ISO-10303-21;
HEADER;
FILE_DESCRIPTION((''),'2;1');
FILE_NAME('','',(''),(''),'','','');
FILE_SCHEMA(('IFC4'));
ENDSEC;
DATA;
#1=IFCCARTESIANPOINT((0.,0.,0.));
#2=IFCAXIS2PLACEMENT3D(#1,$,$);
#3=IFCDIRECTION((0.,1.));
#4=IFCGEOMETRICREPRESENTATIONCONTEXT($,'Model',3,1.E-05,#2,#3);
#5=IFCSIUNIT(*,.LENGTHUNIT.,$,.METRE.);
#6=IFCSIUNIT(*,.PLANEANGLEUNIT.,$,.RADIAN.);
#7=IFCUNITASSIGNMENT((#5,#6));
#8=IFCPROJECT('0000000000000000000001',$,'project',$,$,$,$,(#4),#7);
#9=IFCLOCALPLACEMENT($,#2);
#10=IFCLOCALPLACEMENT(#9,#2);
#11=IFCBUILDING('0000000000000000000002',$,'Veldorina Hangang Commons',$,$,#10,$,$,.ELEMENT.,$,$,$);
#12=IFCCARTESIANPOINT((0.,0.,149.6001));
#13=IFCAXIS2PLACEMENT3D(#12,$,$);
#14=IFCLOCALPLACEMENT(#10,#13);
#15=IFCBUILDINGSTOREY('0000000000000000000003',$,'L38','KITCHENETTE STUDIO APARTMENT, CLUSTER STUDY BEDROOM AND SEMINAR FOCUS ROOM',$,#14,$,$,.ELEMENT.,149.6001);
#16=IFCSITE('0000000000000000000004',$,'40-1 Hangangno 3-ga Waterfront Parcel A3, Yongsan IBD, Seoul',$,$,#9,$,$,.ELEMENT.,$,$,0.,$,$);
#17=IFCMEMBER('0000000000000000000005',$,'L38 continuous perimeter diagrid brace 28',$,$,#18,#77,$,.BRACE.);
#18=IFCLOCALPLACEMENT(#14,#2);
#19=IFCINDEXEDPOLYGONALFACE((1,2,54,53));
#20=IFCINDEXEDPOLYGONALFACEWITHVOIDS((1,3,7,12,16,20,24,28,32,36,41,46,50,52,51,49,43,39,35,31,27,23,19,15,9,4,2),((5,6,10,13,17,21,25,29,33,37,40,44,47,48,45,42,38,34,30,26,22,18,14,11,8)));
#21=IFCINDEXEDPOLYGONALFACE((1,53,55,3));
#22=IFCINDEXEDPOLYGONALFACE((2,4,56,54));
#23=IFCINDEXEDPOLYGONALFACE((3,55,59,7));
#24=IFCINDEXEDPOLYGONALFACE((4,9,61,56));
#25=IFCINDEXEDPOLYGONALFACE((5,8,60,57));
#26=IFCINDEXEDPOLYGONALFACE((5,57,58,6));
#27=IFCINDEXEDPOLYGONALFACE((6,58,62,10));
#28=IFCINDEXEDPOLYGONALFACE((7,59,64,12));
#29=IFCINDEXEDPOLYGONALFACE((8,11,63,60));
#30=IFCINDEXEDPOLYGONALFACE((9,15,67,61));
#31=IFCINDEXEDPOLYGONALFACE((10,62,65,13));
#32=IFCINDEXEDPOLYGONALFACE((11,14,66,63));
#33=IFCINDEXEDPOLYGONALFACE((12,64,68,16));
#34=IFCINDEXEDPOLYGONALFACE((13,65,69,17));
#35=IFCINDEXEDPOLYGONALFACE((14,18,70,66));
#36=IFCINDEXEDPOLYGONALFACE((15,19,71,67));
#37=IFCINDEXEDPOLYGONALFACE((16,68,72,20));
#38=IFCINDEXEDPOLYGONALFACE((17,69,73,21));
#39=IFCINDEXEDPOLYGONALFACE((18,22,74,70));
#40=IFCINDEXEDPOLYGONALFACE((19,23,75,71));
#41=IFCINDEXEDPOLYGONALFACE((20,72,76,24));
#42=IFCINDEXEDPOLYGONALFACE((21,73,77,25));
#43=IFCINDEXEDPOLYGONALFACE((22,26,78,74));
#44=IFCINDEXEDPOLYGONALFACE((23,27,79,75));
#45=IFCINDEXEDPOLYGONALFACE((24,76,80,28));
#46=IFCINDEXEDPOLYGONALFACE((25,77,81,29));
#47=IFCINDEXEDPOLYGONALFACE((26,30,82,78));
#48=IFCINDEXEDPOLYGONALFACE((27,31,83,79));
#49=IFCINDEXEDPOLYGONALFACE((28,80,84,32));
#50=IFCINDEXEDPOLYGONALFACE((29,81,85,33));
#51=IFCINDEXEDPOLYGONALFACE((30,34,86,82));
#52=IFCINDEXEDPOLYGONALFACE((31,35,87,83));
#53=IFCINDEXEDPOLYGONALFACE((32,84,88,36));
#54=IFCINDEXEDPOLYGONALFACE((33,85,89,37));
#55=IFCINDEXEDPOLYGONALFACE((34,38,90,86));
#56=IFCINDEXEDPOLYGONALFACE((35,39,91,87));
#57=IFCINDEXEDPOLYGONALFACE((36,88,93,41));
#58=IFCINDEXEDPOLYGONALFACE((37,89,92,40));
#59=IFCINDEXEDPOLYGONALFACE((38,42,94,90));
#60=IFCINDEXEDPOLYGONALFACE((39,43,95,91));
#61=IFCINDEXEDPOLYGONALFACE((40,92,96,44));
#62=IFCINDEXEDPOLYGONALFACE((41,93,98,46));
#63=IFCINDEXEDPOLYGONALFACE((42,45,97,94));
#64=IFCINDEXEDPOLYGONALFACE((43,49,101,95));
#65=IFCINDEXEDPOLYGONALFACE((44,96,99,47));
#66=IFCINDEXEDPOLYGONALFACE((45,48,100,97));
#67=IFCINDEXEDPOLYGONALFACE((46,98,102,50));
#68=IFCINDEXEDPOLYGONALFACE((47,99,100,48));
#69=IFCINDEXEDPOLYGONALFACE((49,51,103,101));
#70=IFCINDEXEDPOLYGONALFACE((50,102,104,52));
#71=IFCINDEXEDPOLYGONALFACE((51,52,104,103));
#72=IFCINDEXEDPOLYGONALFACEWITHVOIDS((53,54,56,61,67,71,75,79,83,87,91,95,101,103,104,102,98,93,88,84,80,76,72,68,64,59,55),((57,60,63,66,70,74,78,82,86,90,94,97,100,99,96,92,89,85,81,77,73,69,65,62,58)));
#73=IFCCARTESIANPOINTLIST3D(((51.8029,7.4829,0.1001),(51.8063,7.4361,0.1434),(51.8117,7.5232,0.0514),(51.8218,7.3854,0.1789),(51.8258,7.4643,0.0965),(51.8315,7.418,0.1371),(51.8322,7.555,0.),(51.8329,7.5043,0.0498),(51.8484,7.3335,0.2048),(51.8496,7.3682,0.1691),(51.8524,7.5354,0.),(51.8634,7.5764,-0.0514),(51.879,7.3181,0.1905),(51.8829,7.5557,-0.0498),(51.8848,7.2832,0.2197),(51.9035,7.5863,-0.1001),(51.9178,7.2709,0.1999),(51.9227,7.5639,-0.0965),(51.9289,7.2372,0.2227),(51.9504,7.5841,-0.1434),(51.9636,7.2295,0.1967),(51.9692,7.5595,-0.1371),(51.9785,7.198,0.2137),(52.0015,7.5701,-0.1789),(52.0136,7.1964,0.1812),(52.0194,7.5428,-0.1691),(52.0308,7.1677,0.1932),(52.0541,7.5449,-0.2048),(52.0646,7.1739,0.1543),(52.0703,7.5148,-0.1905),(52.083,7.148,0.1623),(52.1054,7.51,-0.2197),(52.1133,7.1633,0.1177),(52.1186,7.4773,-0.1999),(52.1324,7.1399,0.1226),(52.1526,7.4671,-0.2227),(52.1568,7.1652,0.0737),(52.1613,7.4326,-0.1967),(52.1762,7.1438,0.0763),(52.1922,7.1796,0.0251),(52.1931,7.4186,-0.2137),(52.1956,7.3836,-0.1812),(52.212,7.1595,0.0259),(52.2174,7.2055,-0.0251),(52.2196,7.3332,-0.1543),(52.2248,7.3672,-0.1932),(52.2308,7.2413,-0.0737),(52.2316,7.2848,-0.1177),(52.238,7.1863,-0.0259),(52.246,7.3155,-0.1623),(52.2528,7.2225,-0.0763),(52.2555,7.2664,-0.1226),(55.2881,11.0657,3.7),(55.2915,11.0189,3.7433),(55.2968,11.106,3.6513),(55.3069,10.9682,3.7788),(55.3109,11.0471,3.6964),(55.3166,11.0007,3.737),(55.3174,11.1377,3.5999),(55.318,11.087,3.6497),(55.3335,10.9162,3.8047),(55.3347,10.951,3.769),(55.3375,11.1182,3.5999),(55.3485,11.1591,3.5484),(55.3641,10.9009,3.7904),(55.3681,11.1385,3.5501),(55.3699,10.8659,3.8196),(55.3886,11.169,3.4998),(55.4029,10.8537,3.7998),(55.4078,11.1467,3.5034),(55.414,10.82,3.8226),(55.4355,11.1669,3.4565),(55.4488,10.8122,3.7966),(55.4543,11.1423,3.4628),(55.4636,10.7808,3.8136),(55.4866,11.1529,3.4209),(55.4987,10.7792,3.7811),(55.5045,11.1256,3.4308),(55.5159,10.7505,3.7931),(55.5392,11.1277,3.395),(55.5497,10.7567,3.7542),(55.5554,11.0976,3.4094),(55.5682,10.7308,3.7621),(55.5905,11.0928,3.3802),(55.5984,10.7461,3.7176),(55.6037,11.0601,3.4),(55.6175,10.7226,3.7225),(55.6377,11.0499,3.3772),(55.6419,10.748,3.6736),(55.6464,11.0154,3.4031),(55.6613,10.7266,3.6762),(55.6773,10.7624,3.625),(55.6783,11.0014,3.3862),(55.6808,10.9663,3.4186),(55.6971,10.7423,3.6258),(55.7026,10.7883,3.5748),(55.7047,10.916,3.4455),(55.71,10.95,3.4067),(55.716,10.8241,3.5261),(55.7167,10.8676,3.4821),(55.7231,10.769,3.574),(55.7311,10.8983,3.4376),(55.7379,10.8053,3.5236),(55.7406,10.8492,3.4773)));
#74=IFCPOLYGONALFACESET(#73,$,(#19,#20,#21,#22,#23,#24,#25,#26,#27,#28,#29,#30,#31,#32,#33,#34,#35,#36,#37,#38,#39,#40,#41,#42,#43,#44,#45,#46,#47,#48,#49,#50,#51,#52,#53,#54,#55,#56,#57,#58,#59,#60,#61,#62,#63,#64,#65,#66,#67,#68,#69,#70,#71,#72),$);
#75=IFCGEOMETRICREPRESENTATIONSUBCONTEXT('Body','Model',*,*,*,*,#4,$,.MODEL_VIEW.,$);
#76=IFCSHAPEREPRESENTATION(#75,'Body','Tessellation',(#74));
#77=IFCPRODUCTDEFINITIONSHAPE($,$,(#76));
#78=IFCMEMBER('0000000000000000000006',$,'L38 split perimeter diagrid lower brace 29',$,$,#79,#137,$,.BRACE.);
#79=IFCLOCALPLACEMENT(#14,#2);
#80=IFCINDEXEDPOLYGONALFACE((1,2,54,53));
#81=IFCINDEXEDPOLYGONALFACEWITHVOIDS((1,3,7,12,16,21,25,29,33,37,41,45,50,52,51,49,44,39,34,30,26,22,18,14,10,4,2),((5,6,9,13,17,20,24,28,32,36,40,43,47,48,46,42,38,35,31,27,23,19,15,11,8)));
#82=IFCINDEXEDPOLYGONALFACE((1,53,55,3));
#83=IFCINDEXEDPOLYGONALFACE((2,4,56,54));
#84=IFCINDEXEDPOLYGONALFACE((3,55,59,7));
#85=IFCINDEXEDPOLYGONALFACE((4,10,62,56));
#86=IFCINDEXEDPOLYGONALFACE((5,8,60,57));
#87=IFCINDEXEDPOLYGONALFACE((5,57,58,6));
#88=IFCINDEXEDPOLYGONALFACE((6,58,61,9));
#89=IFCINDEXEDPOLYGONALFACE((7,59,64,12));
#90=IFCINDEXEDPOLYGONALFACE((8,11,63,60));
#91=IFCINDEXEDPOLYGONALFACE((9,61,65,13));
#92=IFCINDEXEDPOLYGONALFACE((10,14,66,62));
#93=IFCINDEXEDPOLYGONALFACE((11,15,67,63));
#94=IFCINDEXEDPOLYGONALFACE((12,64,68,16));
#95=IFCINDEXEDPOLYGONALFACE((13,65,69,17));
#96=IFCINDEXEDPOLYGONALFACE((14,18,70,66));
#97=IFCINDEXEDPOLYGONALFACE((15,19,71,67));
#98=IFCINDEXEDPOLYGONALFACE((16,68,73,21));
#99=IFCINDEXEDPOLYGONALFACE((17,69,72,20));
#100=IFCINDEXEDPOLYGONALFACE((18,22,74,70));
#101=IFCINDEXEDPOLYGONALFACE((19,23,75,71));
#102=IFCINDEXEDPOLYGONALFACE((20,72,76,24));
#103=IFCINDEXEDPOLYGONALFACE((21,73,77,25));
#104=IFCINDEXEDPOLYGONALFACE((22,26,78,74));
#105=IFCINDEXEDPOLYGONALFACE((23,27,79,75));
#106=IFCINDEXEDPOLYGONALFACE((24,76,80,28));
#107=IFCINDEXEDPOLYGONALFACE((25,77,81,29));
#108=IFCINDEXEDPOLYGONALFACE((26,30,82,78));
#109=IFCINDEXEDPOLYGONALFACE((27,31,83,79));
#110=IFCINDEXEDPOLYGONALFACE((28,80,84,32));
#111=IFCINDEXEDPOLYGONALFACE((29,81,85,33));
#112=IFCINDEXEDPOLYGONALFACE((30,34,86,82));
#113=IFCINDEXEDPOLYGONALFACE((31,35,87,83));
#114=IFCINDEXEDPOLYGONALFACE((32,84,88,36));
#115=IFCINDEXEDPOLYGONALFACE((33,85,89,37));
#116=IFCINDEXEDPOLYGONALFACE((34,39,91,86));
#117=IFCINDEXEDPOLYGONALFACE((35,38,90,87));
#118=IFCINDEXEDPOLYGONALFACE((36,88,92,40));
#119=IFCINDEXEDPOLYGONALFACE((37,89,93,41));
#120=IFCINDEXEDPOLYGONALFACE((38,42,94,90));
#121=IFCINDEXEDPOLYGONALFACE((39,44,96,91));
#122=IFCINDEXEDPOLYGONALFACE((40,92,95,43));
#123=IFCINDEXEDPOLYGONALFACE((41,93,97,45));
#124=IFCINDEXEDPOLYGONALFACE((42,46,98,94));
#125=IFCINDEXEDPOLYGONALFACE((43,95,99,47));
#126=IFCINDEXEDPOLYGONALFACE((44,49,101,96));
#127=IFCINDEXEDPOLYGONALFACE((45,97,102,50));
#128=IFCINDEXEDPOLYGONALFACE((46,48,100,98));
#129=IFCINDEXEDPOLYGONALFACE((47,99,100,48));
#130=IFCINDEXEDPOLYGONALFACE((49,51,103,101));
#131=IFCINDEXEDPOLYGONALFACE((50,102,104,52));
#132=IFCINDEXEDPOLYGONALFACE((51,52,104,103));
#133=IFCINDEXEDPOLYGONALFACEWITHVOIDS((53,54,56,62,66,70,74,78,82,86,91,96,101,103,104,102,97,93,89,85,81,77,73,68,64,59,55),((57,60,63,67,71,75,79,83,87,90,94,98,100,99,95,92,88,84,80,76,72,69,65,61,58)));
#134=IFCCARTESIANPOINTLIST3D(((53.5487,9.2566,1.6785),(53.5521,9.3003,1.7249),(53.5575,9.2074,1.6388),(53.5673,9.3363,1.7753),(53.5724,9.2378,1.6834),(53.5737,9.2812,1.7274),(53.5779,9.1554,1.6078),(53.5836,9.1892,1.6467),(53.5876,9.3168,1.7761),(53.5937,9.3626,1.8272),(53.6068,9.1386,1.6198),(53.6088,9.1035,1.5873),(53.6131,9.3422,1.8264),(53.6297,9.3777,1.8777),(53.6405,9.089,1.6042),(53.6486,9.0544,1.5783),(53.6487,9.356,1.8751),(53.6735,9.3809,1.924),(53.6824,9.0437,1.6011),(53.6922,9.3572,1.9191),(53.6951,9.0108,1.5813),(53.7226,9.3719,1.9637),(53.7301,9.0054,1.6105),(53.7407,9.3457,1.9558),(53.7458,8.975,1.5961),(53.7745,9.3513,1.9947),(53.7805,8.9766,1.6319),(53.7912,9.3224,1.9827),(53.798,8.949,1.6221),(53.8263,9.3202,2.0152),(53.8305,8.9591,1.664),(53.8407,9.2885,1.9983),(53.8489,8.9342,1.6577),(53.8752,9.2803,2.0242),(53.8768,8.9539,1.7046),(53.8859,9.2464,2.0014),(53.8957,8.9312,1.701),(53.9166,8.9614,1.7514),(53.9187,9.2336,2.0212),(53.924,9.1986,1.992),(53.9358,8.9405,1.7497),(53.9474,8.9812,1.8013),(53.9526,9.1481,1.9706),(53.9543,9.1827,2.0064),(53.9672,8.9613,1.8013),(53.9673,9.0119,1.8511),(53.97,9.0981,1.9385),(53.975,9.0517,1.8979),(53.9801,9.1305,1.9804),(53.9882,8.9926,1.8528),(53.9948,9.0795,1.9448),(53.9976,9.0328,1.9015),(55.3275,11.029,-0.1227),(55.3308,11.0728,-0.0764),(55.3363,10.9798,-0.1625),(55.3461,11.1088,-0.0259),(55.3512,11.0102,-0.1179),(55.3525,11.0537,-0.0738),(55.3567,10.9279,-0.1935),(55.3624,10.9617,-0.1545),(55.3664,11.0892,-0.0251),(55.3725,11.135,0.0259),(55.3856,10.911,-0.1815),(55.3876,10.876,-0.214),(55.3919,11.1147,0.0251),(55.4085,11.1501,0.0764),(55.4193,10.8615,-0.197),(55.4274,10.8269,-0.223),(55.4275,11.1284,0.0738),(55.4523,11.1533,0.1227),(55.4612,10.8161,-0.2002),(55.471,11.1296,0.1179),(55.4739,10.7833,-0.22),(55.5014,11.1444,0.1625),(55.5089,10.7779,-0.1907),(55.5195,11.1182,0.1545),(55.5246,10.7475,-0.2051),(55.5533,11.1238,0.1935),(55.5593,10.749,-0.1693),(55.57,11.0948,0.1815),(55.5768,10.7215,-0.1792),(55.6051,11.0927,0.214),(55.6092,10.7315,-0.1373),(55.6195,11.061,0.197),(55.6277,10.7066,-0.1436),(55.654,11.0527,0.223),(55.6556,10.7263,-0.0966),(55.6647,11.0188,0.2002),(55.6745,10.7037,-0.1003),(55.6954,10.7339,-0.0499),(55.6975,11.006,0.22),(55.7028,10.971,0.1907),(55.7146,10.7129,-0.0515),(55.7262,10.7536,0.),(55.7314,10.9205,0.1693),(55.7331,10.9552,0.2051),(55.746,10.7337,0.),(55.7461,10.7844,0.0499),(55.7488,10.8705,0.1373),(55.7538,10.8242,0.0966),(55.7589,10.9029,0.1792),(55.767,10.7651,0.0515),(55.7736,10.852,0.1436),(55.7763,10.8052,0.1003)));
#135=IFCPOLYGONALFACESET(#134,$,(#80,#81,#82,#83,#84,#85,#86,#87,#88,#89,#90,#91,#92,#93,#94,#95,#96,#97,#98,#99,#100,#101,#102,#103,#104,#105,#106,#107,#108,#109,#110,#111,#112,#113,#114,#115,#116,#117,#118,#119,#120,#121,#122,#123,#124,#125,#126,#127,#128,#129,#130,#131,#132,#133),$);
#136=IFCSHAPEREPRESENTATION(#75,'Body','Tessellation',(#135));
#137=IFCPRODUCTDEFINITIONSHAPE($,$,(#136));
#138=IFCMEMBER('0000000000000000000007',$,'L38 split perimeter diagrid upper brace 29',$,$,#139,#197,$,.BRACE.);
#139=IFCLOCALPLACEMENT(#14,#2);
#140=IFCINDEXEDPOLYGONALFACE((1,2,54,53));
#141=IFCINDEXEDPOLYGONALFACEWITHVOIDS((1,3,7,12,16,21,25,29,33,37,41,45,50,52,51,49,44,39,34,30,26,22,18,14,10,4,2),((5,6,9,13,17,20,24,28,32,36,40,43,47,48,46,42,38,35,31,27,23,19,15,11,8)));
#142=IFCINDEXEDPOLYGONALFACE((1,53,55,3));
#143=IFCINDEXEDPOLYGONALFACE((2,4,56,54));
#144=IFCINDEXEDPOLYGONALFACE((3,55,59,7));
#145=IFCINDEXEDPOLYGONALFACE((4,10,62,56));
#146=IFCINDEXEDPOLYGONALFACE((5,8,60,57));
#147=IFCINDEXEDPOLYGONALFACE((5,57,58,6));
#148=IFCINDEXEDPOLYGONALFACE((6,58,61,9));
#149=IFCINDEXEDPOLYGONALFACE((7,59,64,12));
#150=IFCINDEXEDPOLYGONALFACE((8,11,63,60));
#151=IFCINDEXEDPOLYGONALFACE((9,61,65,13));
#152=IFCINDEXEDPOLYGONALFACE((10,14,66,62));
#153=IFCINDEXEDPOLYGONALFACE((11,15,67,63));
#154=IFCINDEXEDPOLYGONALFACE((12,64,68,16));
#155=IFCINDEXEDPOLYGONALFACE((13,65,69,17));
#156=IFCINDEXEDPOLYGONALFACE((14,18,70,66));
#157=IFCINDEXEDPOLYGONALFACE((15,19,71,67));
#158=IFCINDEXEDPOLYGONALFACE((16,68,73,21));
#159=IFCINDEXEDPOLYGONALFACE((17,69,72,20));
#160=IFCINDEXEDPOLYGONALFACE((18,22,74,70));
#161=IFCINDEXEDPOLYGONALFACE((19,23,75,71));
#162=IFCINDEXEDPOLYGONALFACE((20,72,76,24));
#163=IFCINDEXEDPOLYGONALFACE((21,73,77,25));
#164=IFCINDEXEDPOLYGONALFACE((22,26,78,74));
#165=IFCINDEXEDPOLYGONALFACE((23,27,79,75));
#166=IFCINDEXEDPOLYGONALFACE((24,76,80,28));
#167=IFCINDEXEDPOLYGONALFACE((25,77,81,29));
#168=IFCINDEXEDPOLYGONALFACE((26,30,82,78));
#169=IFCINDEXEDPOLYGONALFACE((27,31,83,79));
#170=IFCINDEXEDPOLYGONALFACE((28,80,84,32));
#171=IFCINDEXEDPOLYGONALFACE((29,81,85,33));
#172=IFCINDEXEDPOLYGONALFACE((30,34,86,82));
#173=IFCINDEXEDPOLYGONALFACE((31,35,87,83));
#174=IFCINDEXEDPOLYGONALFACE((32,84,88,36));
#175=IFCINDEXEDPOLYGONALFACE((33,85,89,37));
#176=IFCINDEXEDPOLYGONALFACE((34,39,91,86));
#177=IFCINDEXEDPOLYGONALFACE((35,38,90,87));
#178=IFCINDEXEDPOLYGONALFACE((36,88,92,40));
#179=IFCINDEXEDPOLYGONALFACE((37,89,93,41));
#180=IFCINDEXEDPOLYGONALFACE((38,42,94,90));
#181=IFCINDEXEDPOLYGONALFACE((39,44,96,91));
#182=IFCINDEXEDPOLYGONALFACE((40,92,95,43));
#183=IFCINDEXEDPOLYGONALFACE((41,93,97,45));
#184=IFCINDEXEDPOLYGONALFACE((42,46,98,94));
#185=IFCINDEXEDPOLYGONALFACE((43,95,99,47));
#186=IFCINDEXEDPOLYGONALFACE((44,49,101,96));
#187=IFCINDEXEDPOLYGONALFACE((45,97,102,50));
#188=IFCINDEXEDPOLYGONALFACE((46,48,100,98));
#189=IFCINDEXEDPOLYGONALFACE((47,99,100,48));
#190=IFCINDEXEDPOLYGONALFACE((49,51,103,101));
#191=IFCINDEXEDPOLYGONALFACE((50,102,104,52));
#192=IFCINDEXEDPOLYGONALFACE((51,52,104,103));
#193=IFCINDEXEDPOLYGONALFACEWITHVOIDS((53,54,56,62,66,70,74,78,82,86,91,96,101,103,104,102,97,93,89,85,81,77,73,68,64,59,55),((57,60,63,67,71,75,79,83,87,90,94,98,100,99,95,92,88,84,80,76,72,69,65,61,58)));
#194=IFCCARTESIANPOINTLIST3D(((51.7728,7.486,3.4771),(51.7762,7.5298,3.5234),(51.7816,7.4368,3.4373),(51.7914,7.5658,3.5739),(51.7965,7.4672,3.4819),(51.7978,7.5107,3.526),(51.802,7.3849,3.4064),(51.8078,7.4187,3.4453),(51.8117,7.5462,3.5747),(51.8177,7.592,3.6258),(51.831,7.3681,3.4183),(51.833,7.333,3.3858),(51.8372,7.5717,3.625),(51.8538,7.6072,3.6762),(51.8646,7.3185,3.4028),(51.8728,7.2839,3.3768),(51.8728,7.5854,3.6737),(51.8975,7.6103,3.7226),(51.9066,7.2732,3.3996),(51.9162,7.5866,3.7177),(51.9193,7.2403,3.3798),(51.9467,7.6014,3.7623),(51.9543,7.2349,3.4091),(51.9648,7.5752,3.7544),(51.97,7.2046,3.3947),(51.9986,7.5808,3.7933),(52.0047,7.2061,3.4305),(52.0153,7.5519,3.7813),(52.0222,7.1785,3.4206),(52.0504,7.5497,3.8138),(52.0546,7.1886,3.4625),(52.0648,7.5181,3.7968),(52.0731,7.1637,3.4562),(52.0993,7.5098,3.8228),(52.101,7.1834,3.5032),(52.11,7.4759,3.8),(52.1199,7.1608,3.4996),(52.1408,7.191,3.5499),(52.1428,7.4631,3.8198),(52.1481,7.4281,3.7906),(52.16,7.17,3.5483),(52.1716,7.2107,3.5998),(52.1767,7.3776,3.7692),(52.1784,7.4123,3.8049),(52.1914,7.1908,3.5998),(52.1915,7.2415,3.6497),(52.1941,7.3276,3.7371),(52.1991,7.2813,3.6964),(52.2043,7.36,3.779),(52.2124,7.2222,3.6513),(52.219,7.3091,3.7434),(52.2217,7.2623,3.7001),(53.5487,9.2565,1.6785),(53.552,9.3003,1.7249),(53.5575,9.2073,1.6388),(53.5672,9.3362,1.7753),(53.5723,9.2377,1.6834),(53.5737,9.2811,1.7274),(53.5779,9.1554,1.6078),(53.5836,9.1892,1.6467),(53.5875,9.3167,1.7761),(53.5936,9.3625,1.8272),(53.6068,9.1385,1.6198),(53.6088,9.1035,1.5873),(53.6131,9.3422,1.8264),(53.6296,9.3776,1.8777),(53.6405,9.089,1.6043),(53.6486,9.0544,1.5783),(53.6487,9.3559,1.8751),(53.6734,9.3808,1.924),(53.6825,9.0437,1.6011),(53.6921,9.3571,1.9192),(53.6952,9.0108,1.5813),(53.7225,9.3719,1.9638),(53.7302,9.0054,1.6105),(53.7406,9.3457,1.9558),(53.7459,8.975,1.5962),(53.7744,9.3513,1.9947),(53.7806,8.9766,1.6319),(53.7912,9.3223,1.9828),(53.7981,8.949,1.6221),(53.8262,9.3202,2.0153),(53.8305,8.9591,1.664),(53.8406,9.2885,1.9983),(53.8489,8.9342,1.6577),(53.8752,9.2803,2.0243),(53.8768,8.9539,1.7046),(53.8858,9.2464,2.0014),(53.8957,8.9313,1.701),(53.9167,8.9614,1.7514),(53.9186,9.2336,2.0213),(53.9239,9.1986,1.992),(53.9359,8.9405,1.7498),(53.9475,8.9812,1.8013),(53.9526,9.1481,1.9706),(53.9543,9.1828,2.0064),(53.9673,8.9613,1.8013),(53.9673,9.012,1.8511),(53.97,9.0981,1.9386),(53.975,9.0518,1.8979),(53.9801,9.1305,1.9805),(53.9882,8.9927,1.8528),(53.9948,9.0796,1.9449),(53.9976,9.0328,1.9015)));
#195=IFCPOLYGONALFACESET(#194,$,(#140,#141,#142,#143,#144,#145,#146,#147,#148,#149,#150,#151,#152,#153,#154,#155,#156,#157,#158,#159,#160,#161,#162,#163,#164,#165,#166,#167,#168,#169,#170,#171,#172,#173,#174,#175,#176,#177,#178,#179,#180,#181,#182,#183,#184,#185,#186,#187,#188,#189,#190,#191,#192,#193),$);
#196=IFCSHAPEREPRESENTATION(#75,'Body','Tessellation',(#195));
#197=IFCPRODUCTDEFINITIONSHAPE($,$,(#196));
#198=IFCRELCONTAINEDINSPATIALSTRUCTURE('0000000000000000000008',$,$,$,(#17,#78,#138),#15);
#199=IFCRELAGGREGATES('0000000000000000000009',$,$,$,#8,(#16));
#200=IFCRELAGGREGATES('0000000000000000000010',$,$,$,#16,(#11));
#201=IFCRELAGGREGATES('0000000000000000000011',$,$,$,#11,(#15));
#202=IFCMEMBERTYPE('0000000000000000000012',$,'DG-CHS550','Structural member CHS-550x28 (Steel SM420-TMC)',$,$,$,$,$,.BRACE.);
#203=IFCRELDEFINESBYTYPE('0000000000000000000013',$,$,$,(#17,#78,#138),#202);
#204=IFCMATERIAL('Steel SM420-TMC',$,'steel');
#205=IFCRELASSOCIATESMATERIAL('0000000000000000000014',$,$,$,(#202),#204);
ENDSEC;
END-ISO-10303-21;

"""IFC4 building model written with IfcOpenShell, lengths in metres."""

from ifc_helpers import new_model, si_unit, direction, frame, origin, origin_2d, place, context, subcontext, project, spatial, hollow_circle, extrude, material, material_profile, profile_set, type_object, element, save


model = new_model("IFC4")

# Units and contexts
model_context = context("Model", 3, precision=1e-05, world=origin(), true_north=direction((0.0, 1.0)))
body_context = subcontext(model_context, "Body", "Model", "MODEL_VIEW")
ifc_project = project(units=[si_unit("LENGTHUNIT", "METRE"), si_unit("PLANEANGLEUNIT", "RADIAN")], contexts=[model_context])

# Site, building, storey
site_placement = place(None, origin())
site = spatial("IfcSite", under=ifc_project, at=site_placement, Name="40-1 Hangangno 3-ga Waterfront Parcel A3, Yongsan IBD, Seoul", CompositionType="ELEMENT", RefElevation=0.0)
building_placement = place(site_placement, origin())
building = spatial("IfcBuilding", under=site, at=building_placement, Name="Veldorina Hangang Commons", CompositionType="ELEMENT")
storey_placement = place(building_placement, frame((0.0, 0.0, 149.6001)))
storey = spatial("IfcBuildingStorey", under=building, at=storey_placement, Name="L38", Description="KITCHENETTE STUDIO APARTMENT, CLUSTER STUDY BEDROOM AND SEMINAR FOCUS ROOM", CompositionType="ELEMENT", Elevation=149.6001)

# Shared definitions
ifc_material_1 = material(Name="Steel SM420-TMC", Category="steel")

# Members
ifc_material_profile_1 = material_profile(ifc_material_1, hollow_circle(Radius=0.2749, WallThickness=0.0281, at=origin_2d()), Name="CHS-550x28")
ifc_profile_set_1 = profile_set([ifc_material_profile_1], Name="Steel SM420-TMC")
member_type_1 = type_object("IfcMemberType", Name="DG-CHS550", Description="Structural member CHS-550x28 (Steel SM420-TMC)", PredefinedType="BRACE", material=ifc_profile_set_1)
member_1_placement = place(storey_placement, frame((52.0293, 7.3633, 0.0), z_axis=(0.565798, 0.581652, 0.584426), x_axis=(-0.716808, 0.69727, 0.0)))
element("IfcMember", 1, at=member_1_placement, inside=storey, type_object=member_type_1, Name="L38 continuous perimeter diagrid brace 28", PredefinedType="BRACE", context=body_context, shape_type="SweptSolid", body=[
    extrude(hollow_circle(Radius=0.2749, WallThickness=0.0281, at=origin_2d()), origin(), (0.0, 0.0, 1.0), 6.1597),
])
member_2_placement = place(storey_placement, frame((55.552, 10.9285, 0.0), z_axis=(-0.575598, -0.573544, 0.582866), x_axis=(0.705842, -0.70837, 0.0)))
element("IfcMember", 2, at=member_2_placement, inside=storey, type_object=member_type_1, Name="L38 split perimeter diagrid lower brace 29", PredefinedType="BRACE", context=body_context, shape_type="SweptSolid", body=[
    extrude(hollow_circle(Radius=0.2749, WallThickness=0.0281, at=origin_2d()), origin(), (0.0, 0.0, 1.0), 3.0903),
])
member_3_placement = place(storey_placement, frame((53.7732, 9.156, 1.8013), z_axis=(-0.575464, -0.573724, 0.582822), x_axis=(0.706035, -0.708177, 0.0)))
element("IfcMember", 3, at=member_3_placement, inside=storey, type_object=member_type_1, Name="L38 split perimeter diagrid upper brace 29", PredefinedType="BRACE", context=body_context, shape_type="SweptSolid", body=[
    extrude(hollow_circle(Radius=0.2749, WallThickness=0.0281, at=origin_2d()), origin(), (0.0, 0.0, 1.0), 3.0859),
])

save(model, "model.ifc")
